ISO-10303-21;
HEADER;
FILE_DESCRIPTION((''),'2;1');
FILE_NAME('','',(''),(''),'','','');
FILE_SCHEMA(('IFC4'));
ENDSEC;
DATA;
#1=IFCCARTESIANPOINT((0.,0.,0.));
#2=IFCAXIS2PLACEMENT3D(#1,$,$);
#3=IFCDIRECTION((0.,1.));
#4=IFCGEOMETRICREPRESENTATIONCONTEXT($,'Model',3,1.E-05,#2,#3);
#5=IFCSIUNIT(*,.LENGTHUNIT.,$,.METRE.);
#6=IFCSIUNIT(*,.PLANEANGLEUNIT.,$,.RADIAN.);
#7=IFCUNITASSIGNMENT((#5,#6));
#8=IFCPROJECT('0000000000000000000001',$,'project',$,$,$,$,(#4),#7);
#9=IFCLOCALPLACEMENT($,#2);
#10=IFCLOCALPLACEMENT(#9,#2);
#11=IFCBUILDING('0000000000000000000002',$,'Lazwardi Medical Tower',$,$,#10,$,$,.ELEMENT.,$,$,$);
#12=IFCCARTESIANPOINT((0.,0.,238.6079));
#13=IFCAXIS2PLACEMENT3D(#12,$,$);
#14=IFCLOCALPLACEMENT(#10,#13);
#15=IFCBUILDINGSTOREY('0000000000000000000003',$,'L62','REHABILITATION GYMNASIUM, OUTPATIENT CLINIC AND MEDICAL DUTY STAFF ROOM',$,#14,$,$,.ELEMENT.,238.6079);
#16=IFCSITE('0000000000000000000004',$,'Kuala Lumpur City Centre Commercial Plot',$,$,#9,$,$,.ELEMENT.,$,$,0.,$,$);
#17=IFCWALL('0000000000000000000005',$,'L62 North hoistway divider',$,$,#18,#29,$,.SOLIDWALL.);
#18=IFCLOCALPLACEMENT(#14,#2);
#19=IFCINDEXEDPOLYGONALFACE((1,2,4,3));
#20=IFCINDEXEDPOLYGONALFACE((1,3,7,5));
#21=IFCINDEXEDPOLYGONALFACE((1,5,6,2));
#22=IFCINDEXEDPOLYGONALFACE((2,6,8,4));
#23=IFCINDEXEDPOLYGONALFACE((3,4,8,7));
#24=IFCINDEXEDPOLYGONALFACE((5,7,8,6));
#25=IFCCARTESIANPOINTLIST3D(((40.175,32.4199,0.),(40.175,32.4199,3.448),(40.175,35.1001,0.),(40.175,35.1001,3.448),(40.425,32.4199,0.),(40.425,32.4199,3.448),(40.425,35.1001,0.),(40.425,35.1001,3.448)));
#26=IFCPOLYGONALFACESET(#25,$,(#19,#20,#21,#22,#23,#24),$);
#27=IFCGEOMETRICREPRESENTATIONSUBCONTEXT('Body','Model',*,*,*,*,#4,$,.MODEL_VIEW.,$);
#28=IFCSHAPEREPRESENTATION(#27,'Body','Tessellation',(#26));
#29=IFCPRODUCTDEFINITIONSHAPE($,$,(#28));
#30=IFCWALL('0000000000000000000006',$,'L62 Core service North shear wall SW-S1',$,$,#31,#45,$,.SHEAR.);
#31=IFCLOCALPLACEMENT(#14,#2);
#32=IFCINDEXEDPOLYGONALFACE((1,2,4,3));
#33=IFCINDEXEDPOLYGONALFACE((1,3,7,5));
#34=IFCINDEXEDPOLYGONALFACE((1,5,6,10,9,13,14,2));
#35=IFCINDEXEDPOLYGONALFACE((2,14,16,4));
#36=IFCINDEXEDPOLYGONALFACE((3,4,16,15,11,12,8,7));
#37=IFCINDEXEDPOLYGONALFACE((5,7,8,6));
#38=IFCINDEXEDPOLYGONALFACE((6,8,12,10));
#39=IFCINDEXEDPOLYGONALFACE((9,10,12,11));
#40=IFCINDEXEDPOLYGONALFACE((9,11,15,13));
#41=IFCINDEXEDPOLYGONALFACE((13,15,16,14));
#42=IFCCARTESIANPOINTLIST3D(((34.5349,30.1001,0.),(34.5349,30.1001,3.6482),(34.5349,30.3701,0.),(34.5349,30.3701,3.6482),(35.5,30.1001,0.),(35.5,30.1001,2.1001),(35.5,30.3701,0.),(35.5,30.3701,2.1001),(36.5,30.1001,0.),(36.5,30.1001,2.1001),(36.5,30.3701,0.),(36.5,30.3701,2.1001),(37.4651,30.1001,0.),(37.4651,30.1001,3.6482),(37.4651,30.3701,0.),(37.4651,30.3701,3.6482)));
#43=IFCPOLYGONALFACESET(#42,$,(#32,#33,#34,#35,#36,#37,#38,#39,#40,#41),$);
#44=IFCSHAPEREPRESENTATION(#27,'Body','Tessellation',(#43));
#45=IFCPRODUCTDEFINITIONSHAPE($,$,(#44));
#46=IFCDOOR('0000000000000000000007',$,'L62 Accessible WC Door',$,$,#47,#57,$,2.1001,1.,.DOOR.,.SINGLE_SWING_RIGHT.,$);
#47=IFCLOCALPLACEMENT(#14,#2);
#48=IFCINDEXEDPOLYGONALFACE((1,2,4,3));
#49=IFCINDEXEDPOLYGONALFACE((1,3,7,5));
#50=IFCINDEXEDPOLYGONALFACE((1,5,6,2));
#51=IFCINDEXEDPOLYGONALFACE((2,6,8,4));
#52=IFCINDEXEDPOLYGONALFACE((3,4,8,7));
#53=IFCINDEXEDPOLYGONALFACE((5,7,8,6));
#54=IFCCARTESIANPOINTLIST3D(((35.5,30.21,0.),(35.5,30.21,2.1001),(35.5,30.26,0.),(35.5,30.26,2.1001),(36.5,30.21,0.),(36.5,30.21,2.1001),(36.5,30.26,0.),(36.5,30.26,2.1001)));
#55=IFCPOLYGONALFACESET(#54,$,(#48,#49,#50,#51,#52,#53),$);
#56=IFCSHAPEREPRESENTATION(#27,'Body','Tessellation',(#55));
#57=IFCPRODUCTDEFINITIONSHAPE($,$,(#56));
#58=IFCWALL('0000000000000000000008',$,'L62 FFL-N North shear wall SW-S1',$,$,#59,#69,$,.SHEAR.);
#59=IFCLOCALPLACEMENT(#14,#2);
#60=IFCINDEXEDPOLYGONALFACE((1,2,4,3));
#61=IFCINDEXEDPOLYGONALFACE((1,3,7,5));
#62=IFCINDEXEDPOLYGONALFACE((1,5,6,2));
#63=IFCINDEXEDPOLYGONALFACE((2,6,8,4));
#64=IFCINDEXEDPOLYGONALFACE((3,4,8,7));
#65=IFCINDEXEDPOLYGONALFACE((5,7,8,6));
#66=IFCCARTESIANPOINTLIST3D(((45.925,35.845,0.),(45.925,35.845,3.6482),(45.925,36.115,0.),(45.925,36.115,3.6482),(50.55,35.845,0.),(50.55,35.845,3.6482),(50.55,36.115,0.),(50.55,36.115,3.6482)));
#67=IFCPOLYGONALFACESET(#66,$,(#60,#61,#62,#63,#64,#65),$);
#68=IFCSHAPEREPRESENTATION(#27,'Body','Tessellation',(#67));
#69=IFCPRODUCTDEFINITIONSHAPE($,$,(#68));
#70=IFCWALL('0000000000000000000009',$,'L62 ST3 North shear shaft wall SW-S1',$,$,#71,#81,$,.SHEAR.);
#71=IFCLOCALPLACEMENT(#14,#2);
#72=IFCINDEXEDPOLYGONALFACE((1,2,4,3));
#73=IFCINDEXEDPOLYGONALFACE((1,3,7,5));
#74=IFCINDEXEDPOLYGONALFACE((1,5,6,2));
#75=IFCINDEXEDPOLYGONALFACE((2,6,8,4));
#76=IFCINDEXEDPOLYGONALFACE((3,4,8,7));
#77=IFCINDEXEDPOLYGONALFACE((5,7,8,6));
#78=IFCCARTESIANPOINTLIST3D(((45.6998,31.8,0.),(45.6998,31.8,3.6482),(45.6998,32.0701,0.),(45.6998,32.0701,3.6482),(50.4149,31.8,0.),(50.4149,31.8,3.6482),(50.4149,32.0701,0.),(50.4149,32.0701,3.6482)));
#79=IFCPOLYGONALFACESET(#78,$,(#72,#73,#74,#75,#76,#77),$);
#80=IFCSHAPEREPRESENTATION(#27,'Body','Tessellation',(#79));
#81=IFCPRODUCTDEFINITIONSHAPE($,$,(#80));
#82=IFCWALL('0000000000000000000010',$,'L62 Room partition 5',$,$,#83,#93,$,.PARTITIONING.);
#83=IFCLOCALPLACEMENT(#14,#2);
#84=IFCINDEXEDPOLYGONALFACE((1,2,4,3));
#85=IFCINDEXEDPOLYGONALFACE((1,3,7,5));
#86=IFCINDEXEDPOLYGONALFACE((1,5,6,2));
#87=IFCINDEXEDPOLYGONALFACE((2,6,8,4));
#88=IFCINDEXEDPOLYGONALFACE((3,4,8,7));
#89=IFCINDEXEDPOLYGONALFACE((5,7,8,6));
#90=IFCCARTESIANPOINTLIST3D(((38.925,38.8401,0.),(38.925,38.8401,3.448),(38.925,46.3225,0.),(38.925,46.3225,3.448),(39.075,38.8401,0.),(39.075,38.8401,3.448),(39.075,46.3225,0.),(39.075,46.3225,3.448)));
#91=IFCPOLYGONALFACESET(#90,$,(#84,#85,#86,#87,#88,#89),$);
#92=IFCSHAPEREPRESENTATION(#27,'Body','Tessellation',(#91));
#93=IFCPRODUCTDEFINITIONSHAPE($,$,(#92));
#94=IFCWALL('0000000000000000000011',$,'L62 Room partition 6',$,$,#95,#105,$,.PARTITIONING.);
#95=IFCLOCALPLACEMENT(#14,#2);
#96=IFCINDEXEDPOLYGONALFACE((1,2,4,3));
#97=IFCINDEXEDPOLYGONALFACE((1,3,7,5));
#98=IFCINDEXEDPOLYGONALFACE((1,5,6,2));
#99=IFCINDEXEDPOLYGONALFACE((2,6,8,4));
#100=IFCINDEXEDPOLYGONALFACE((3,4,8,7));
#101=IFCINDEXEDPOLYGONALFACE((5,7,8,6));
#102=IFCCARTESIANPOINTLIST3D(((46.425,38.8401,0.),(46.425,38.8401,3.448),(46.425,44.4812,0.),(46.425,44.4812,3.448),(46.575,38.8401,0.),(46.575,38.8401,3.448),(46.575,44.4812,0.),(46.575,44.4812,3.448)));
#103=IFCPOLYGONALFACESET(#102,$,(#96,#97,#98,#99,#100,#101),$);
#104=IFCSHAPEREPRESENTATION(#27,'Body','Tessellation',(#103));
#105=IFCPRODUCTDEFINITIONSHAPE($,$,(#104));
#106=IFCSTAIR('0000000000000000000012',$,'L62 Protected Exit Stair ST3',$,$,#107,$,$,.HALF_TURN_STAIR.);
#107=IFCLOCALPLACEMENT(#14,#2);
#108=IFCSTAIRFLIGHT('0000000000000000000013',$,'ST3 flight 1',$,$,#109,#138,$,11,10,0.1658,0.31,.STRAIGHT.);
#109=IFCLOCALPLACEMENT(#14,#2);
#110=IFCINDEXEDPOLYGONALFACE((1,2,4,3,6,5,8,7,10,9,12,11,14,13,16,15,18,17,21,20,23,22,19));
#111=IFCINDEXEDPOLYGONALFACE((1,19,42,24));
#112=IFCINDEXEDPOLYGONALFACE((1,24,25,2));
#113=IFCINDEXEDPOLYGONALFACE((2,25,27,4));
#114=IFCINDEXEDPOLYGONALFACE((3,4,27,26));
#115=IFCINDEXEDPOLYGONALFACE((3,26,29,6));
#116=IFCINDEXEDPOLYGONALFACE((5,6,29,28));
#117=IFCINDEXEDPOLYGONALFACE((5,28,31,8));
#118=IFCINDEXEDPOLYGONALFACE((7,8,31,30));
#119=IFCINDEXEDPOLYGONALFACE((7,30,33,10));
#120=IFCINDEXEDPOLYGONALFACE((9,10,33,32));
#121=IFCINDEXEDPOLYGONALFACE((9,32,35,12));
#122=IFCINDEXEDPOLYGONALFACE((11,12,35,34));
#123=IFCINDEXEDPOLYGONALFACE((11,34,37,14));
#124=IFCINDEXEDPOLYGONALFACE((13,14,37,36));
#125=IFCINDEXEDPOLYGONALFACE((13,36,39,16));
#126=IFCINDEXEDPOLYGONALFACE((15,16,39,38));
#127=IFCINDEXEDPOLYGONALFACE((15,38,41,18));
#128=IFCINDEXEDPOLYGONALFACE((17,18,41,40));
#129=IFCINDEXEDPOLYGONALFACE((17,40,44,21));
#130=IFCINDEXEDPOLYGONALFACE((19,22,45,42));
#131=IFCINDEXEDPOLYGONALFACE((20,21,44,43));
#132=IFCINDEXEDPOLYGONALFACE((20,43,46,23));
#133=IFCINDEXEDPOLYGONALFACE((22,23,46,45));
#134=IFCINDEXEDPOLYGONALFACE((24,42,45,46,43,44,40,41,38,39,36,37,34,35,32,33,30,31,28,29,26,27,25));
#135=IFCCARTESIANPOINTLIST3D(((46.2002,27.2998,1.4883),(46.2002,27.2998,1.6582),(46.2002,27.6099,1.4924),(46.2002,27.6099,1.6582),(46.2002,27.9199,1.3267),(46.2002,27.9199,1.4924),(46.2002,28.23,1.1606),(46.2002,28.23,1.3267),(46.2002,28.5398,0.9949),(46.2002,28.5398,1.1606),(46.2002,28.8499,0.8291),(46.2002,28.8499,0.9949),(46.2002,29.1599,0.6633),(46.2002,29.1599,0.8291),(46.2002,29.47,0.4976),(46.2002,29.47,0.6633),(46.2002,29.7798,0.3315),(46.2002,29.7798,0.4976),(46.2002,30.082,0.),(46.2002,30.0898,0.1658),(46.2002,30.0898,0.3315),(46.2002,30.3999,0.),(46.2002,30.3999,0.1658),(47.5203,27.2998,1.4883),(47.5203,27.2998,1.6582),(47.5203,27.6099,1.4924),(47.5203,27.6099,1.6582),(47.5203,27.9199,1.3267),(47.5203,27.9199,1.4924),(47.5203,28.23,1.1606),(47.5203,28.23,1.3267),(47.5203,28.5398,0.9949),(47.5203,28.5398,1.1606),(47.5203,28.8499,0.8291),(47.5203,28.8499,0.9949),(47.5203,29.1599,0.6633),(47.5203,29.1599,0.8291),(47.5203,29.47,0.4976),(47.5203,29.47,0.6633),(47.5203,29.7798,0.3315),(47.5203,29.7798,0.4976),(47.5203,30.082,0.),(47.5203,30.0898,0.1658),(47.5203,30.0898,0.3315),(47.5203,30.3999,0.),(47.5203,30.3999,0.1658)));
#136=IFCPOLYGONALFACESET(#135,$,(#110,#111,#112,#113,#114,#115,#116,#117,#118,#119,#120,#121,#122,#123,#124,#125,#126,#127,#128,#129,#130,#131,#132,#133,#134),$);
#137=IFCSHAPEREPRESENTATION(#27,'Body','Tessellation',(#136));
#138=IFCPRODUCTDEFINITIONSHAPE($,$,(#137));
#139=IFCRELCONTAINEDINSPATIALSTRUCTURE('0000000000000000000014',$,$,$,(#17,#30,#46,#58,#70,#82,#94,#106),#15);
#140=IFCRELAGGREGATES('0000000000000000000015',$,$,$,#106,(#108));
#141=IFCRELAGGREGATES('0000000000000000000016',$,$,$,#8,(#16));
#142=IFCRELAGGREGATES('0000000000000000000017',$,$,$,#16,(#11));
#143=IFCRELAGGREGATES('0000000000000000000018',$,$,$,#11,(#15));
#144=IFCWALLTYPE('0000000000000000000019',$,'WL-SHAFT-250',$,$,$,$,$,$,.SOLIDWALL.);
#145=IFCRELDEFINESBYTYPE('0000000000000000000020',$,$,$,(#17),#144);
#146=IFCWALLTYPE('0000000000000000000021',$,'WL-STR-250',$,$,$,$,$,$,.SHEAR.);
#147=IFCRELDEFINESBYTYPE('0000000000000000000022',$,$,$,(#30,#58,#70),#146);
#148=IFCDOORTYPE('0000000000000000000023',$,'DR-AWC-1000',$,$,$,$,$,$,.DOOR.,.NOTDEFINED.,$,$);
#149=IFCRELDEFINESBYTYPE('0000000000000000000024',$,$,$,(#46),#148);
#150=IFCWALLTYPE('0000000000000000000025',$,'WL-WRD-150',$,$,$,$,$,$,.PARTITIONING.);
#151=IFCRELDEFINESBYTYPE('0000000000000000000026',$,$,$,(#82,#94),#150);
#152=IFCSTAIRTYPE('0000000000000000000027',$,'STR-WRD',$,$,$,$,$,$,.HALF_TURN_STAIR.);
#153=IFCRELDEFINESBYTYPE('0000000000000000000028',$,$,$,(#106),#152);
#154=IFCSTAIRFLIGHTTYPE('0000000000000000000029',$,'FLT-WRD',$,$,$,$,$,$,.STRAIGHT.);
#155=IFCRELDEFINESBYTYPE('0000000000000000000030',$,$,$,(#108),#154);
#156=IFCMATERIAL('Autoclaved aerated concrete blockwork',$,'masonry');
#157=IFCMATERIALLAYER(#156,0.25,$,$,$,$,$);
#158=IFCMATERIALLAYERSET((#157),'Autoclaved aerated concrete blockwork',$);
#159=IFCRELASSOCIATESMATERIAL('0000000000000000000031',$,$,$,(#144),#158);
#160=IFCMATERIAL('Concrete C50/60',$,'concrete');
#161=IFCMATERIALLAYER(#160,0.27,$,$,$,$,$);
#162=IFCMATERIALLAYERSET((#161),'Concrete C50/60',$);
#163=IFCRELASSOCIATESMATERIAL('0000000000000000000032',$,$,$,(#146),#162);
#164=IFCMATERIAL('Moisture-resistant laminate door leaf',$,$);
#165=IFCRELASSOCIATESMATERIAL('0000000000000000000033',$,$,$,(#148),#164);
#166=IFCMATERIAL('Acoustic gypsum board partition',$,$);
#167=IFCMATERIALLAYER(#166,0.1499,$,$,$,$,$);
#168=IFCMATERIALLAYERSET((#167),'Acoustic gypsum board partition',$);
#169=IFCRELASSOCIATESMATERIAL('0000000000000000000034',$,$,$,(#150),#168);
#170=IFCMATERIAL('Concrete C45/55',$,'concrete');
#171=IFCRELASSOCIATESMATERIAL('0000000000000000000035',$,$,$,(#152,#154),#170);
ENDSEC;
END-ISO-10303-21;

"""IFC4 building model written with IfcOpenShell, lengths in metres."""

from ifc_helpers import new_model, si_unit, direction, frame, frame_2d, origin, place, context, subcontext, project, spatial, polyline, rectangle, outline, extrude, material, layer, layer_set, type_object, element, fill, aggregate, save


model = new_model("IFC4")

# Units and contexts
model_context = context("Model", 3, precision=1e-05, world=origin(), true_north=direction((0.0, 1.0)))
body_context = subcontext(model_context, "Body", "Model", "MODEL_VIEW")
ifc_project = project(units=[si_unit("LENGTHUNIT", "METRE"), si_unit("PLANEANGLEUNIT", "RADIAN")], contexts=[model_context])

# Site, building, storey
site_placement = place(None, origin())
site = spatial("IfcSite", under=ifc_project, at=site_placement, Name="Kuala Lumpur City Centre Commercial Plot", CompositionType="ELEMENT", RefElevation=0.0)
building_placement = place(site_placement, origin())
building = spatial("IfcBuilding", under=site, at=building_placement, Name="Lazwardi Medical Tower", CompositionType="ELEMENT")
storey_placement = place(building_placement, frame((0.0, 0.0, 238.6079)))
storey = spatial("IfcBuildingStorey", under=building, at=storey_placement, Name="L62", Description="REHABILITATION GYMNASIUM, OUTPATIENT CLINIC AND MEDICAL DUTY STAFF ROOM", CompositionType="ELEMENT", Elevation=238.6079)

# Wall
ifc_material_1 = material(Name="Autoclaved aerated concrete blockwork", Category="masonry")
ifc_layer_1 = layer(ifc_material_1, 0.25)
ifc_layer_set_1 = layer_set([ifc_layer_1], Name="Autoclaved aerated concrete blockwork")
wall_type_1 = type_object("IfcWallType", Name="WL-SHAFT-250", PredefinedType="SOLIDWALL", material=ifc_layer_set_1)
for number, where, z_axis, x_axis, name in (
    (1, (40.3, 32.4199, 0.0), (0.0, 0.0, 1.0), (0.0, 1.0, 0.0), "L62 North hoistway divider"),
):
    element("IfcWall", number, at=place(storey_placement, frame(where, z_axis=z_axis, x_axis=x_axis)), inside=storey, type_object=wall_type_1, Name=name, PredefinedType="SOLIDWALL", context=body_context, shape_type="SweptSolid", body=[
        extrude(rectangle(XDim=2.6802, YDim=0.25, at=frame_2d((1.3401, 0.0))), origin(), (0.0, 0.0, 1.0), 3.448),
    ])

# Wall, opening, door
ifc_material_2 = material(Name="Concrete C50/60", Category="concrete")
ifc_layer_2 = layer(ifc_material_2, 0.27)
ifc_layer_set_2 = layer_set([ifc_layer_2], Name="Concrete C50/60")
wall_type_2 = type_object("IfcWallType", Name="WL-STR-250", PredefinedType="SHEAR", material=ifc_layer_set_2)
wall_1_placement = place(storey_placement, frame((34.5349, 30.2351, 0.0), z_axis=(0.0, 0.0, 1.0), x_axis=(1.0, 0.0, 0.0)))
wall_1 = element("IfcWall", 2, at=wall_1_placement, inside=storey, type_object=wall_type_2, Name="L62 Core service North shear wall SW-S1", PredefinedType="SHEAR", context=body_context, shape_type="SweptSolid", body=[
    extrude(rectangle(XDim=2.9302, YDim=0.27, at=frame_2d((1.4651, 0.0))), origin(), (0.0, 0.0, 1.0), 3.6482),
])
opening_1_placement = place(wall_1_placement, frame((0.9651, 0.0, 0.0)))
opening_1 = element("IfcOpeningElement", 3, at=opening_1_placement, cuts=wall_1, PredefinedType="OPENING", context=body_context, shape_type="SweptSolid", body=[
    extrude(rectangle(XDim=1.0, YDim=2.1001, at=frame_2d((0.5, 1.05))), frame((0.0, 0.145, 0.0), z_axis=(0.0, -1.0, 0.0), x_axis=(1.0, 0.0, 0.0)), (0.0, 0.0, 1.0), 0.29),
])
ifc_material_3 = material(Name="Moisture-resistant laminate door leaf")
door_type_1 = type_object("IfcDoorType", Name="DR-AWC-1000", OperationType="NOTDEFINED", PredefinedType="DOOR", material=ifc_material_3)
door_1_placement = place(opening_1_placement, origin())
door_1 = element("IfcDoor", 4, at=door_1_placement, inside=storey, type_object=door_type_1, Name="L62 Accessible WC Door", OperationType="SINGLE_SWING_RIGHT", OverallHeight=2.1001, OverallWidth=1.0, PredefinedType="DOOR", context=body_context, shape_type="SweptSolid", body=[
    extrude(rectangle(XDim=1.0, YDim=2.1001, at=frame_2d((0.5, 1.05))), frame((0.0, 0.0249, 0.0), z_axis=(0.0, -1.0, 0.0), x_axis=(1.0, 0.0, 0.0)), (0.0, 0.0, 1.0), 0.05),
])
fill(opening_1, door_1)

# Walls
wall_2_placement = place(storey_placement, frame((45.925, 35.98, 0.0), z_axis=(0.0, 0.0, 1.0), x_axis=(1.0, 0.0, 0.0)))
element("IfcWall", 5, at=wall_2_placement, inside=storey, type_object=wall_type_2, Name="L62 FFL-N North shear wall SW-S1", PredefinedType="SHEAR", context=body_context, shape_type="SweptSolid", body=[
    extrude(rectangle(XDim=4.625, YDim=0.27, at=frame_2d((2.3125, 0.0))), origin(), (0.0, 0.0, 1.0), 3.6482),
])
wall_3_placement = place(storey_placement, frame((45.7, 31.9351, 0.0), z_axis=(0.0, 0.0, 1.0), x_axis=(1.0, 0.0, 0.0)))
element("IfcWall", 6, at=wall_3_placement, inside=storey, type_object=wall_type_2, Name="L62 ST3 North shear shaft wall SW-S1", PredefinedType="SHEAR", context=body_context, shape_type="SweptSolid", body=[
    extrude(rectangle(XDim=4.7151, YDim=0.27, at=frame_2d((2.3574, 0.0))), origin(), (0.0, 0.0, 1.0), 3.6482),
])
ifc_material_4 = material(Name="Acoustic gypsum board partition")
ifc_layer_3 = layer(ifc_material_4, 0.1499)
ifc_layer_set_3 = layer_set([ifc_layer_3], Name="Acoustic gypsum board partition")
wall_type_3 = type_object("IfcWallType", Name="WL-WRD-150", PredefinedType="PARTITIONING", material=ifc_layer_set_3)
wall_4_placement = place(storey_placement, frame((39.0, 38.8401, 0.0), z_axis=(0.0, 0.0, 1.0), x_axis=(0.0, 1.0, 0.0)))
element("IfcWall", 7, at=wall_4_placement, inside=storey, type_object=wall_type_3, Name="L62 Room partition 5", PredefinedType="PARTITIONING", context=body_context, shape_type="SweptSolid", body=[
    extrude(rectangle(XDim=7.4824, YDim=0.1499, at=frame_2d((3.7412, 0.0))), origin(), (0.0, 0.0, 1.0), 3.448),
])
wall_5_placement = place(storey_placement, frame((46.5, 38.8401, 0.0), z_axis=(0.0, 0.0, 1.0), x_axis=(0.0, 1.0, 0.0)))
element("IfcWall", 8, at=wall_5_placement, inside=storey, type_object=wall_type_3, Name="L62 Room partition 6", PredefinedType="PARTITIONING", context=body_context, shape_type="SweptSolid", body=[
    extrude(rectangle(XDim=5.6411, YDim=0.1499, at=frame_2d((2.8206, 0.0))), origin(), (0.0, 0.0, 1.0), 3.448),
])

# Stair, stair flight
ifc_material_5 = material(Name="Concrete C45/55", Category="concrete")
stair_type = type_object("IfcStairType", Name="STR-WRD", PredefinedType="HALF_TURN_STAIR", material=ifc_material_5)
stair_placement = place(storey_placement, origin())
stair = element("IfcStair", 9, at=stair_placement, inside=storey, type_object=stair_type, Name="L62 Protected Exit Stair ST3", PredefinedType="HALF_TURN_STAIR")
stair_flight_type = type_object("IfcStairFlightType", Name="FLT-WRD", PredefinedType="STRAIGHT", material=ifc_material_5)
stair_flight_placement = place(storey_placement, frame((46.8601, 30.3999, 0.0), z_axis=(0.0, 0.0, 1.0), x_axis=(0.0, -1.0, 0.0)))
stair_flight = element("IfcStairFlight", 10, at=stair_flight_placement, type_object=stair_flight_type, Name="ST3 flight 1", NumberOfRisers=11, NumberOfTreads=10, PredefinedType="STRAIGHT", RiserHeight=0.1658, TreadLength=0.31, context=body_context, shape_type="SweptSolid", body=[
    extrude(outline(polyline([(0.0, 0.0), (0.0, 0.1658), (0.3101, 0.1658), (0.3101, 0.3315), (0.6201, 0.3315), (0.6201, 0.4976), (0.9299, 0.4976), (0.9299, 0.6633), (1.24, 0.6633), (1.24, 0.8291), (1.55, 0.8291), (1.55, 0.9949), (1.8601, 0.9949), (1.8601, 1.1606), (2.1699, 1.1606), (2.1699, 1.3267), (2.48, 1.3267), (2.48, 1.4924), (2.79, 1.4924), (2.79, 1.6582), (3.1001, 1.6582), (3.1001, 1.824), (3.1001, 1.4883), (0.3179, 0.0), (0.0, 0.0)])), frame((0.0, 0.6602, 0.0), z_axis=(0.0, -1.0, 0.0), x_axis=(1.0, 0.0, 0.0)), (0.0, 0.0, 1.0), 1.3201),
])
aggregate(stair, [stair_flight])

save(model, "model.ifc")
